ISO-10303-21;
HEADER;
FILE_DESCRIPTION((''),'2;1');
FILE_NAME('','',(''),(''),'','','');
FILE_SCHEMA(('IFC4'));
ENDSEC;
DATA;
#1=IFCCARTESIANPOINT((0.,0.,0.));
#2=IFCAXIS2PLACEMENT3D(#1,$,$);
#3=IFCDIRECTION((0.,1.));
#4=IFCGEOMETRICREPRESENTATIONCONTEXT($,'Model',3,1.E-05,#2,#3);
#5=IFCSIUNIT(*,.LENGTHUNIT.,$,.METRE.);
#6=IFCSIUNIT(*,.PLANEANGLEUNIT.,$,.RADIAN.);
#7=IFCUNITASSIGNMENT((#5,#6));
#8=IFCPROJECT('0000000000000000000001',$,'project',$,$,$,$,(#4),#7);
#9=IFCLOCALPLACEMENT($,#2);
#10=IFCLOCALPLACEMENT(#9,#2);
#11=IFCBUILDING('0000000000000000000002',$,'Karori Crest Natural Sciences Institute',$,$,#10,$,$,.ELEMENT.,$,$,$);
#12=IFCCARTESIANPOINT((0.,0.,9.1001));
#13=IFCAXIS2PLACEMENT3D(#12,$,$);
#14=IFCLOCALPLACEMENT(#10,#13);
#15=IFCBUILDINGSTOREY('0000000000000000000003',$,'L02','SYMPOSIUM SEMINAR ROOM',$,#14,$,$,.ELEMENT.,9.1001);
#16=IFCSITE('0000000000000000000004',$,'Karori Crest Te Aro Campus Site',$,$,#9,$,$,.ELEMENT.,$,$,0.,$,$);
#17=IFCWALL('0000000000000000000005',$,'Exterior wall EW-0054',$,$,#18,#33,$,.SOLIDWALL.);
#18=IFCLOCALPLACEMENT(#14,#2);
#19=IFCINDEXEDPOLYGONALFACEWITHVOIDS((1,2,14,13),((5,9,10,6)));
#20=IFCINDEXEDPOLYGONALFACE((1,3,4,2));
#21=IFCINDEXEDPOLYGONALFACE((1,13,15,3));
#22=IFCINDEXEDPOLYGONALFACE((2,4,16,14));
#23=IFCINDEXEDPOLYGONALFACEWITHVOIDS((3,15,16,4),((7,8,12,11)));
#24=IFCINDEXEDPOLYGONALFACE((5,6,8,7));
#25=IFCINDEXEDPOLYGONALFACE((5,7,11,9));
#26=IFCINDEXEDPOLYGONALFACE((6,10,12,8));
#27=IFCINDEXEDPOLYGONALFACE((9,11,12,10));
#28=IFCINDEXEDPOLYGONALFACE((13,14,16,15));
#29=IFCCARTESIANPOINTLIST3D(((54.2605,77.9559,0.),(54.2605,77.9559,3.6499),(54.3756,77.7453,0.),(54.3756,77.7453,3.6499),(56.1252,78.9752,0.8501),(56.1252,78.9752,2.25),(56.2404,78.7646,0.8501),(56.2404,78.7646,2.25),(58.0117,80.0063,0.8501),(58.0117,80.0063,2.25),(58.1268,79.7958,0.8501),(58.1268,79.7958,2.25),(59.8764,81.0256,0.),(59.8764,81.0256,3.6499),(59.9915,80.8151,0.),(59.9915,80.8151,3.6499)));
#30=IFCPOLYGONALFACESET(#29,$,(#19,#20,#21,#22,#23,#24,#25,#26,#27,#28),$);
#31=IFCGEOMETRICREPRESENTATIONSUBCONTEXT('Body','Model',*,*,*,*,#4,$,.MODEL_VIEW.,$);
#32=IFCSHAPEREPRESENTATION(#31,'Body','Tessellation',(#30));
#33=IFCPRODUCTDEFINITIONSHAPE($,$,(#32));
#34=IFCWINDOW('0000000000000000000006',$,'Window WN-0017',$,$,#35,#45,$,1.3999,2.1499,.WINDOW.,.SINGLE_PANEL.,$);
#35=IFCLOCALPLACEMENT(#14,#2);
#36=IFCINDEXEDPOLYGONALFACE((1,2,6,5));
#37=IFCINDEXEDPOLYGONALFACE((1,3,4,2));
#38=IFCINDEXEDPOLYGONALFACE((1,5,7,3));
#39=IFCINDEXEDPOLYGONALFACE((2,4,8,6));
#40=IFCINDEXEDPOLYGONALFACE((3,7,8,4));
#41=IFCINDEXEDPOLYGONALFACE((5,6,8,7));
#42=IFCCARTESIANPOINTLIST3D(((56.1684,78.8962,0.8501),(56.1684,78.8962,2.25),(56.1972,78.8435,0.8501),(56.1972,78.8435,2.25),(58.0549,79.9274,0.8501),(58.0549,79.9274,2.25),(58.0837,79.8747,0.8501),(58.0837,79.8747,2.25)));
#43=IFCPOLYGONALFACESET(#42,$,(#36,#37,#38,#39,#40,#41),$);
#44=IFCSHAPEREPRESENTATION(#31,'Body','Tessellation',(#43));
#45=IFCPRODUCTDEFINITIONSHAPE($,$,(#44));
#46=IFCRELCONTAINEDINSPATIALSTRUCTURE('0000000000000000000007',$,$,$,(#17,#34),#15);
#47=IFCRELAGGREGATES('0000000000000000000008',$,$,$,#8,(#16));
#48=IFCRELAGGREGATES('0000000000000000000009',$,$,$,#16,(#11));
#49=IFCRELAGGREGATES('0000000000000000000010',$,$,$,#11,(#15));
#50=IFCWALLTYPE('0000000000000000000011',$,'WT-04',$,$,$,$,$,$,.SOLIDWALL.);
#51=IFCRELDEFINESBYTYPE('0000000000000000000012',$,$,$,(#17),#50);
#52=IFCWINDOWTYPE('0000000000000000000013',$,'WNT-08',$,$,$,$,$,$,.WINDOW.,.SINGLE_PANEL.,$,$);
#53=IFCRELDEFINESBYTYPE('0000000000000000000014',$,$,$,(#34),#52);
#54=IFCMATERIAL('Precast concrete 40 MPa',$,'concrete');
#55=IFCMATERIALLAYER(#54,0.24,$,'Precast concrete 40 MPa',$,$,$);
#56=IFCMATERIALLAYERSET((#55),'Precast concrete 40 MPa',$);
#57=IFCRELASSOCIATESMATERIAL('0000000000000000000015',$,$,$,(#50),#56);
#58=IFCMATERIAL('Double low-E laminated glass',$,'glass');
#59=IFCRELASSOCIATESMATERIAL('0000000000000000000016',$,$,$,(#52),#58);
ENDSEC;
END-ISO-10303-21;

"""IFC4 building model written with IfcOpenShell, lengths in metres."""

from ifc_helpers import new_model, si_unit, direction, frame, frame_2d, origin, place, context, subcontext, project, spatial, rectangle, extrude, material, layer, layer_set, type_object, element, fill, save


model = new_model("IFC4")

# Units and contexts
model_context = context("Model", 3, precision=1e-05, world=origin(), true_north=direction((0.0, 1.0)))
body_context = subcontext(model_context, "Body", "Model", "MODEL_VIEW")
ifc_project = project(units=[si_unit("LENGTHUNIT", "METRE"), si_unit("PLANEANGLEUNIT", "RADIAN")], contexts=[model_context])

# Site, building, storey
site_placement = place(None, origin())
site = spatial("IfcSite", under=ifc_project, at=site_placement, Name="Karori Crest Te Aro Campus Site", CompositionType="ELEMENT", RefElevation=0.0)
building_placement = place(site_placement, origin())
building = spatial("IfcBuilding", under=site, at=building_placement, Name="Karori Crest Natural Sciences Institute", CompositionType="ELEMENT")
storey_placement = place(building_placement, frame((0.0, 0.0, 9.1001)))
storey = spatial("IfcBuildingStorey", under=building, at=storey_placement, Name="L02", Description="SYMPOSIUM SEMINAR ROOM", CompositionType="ELEMENT", Elevation=9.1001)

# Shared definitions
ifc_material_1 = material(Name="Double low-E laminated glass", Category="glass")

# Wall, opening, window
ifc_material_2 = material(Name="Precast concrete 40 MPa", Category="concrete")
ifc_layer_1 = layer(ifc_material_2, 0.24, Name="Precast concrete 40 MPa")
ifc_layer_set_1 = layer_set([ifc_layer_1], Name="Precast concrete 40 MPa")
wall_type_1 = type_object("IfcWallType", Name="WT-04", PredefinedType="SOLIDWALL", material=ifc_layer_set_1)
wall_1_placement = place(storey_placement, frame((59.9341, 80.9204, 0.0), z_axis=(0.0, 0.0, 1.0), x_axis=(-0.877464, -0.479643, 0.0)))
wall_1 = element("IfcWall", 1, at=wall_1_placement, inside=storey, type_object=wall_type_1, Name="Exterior wall EW-0054", PredefinedType="SOLIDWALL", context=body_context, shape_type="SweptSolid", body=[
    extrude(rectangle(XDim=6.4001, YDim=0.24, at=frame_2d((3.2002, 0.0))), origin(), (0.0, 0.0, 1.0), 3.6499),
])
opening_1_placement = place(wall_1_placement, frame((2.1252, 0.0, 0.8501)))
opening_1 = element("IfcOpeningElement", 2, at=opening_1_placement, cuts=wall_1, PredefinedType="OPENING", context=body_context, shape_type="SweptSolid", body=[
    extrude(rectangle(XDim=2.1499, YDim=1.3999, at=frame_2d((1.075, 0.7))), frame((0.0, 0.1299, 0.0), z_axis=(0.0, -1.0, 0.0), x_axis=(1.0, 0.0, 0.0)), (0.0, 0.0, 1.0), 0.26),
])
window_type = type_object("IfcWindowType", Name="WNT-08", PartitioningType="SINGLE_PANEL", PredefinedType="WINDOW", material=ifc_material_1)
window_placement = place(opening_1_placement, origin())
window = element("IfcWindow", 3, at=window_placement, inside=storey, type_object=window_type, Name="Window WN-0017", OverallHeight=1.3999, OverallWidth=2.1499, PartitioningType="SINGLE_PANEL", PredefinedType="WINDOW", context=body_context, shape_type="SweptSolid", body=[
    extrude(rectangle(XDim=2.1499, YDim=1.3999, at=frame_2d((1.075, 0.7))), frame((0.0, 0.03, 0.0), z_axis=(0.0, -1.0, 0.0), x_axis=(1.0, 0.0, 0.0)), (0.0, 0.0, 1.0), 0.0601),
])
fill(opening_1, window)

save(model, "model.ifc")
